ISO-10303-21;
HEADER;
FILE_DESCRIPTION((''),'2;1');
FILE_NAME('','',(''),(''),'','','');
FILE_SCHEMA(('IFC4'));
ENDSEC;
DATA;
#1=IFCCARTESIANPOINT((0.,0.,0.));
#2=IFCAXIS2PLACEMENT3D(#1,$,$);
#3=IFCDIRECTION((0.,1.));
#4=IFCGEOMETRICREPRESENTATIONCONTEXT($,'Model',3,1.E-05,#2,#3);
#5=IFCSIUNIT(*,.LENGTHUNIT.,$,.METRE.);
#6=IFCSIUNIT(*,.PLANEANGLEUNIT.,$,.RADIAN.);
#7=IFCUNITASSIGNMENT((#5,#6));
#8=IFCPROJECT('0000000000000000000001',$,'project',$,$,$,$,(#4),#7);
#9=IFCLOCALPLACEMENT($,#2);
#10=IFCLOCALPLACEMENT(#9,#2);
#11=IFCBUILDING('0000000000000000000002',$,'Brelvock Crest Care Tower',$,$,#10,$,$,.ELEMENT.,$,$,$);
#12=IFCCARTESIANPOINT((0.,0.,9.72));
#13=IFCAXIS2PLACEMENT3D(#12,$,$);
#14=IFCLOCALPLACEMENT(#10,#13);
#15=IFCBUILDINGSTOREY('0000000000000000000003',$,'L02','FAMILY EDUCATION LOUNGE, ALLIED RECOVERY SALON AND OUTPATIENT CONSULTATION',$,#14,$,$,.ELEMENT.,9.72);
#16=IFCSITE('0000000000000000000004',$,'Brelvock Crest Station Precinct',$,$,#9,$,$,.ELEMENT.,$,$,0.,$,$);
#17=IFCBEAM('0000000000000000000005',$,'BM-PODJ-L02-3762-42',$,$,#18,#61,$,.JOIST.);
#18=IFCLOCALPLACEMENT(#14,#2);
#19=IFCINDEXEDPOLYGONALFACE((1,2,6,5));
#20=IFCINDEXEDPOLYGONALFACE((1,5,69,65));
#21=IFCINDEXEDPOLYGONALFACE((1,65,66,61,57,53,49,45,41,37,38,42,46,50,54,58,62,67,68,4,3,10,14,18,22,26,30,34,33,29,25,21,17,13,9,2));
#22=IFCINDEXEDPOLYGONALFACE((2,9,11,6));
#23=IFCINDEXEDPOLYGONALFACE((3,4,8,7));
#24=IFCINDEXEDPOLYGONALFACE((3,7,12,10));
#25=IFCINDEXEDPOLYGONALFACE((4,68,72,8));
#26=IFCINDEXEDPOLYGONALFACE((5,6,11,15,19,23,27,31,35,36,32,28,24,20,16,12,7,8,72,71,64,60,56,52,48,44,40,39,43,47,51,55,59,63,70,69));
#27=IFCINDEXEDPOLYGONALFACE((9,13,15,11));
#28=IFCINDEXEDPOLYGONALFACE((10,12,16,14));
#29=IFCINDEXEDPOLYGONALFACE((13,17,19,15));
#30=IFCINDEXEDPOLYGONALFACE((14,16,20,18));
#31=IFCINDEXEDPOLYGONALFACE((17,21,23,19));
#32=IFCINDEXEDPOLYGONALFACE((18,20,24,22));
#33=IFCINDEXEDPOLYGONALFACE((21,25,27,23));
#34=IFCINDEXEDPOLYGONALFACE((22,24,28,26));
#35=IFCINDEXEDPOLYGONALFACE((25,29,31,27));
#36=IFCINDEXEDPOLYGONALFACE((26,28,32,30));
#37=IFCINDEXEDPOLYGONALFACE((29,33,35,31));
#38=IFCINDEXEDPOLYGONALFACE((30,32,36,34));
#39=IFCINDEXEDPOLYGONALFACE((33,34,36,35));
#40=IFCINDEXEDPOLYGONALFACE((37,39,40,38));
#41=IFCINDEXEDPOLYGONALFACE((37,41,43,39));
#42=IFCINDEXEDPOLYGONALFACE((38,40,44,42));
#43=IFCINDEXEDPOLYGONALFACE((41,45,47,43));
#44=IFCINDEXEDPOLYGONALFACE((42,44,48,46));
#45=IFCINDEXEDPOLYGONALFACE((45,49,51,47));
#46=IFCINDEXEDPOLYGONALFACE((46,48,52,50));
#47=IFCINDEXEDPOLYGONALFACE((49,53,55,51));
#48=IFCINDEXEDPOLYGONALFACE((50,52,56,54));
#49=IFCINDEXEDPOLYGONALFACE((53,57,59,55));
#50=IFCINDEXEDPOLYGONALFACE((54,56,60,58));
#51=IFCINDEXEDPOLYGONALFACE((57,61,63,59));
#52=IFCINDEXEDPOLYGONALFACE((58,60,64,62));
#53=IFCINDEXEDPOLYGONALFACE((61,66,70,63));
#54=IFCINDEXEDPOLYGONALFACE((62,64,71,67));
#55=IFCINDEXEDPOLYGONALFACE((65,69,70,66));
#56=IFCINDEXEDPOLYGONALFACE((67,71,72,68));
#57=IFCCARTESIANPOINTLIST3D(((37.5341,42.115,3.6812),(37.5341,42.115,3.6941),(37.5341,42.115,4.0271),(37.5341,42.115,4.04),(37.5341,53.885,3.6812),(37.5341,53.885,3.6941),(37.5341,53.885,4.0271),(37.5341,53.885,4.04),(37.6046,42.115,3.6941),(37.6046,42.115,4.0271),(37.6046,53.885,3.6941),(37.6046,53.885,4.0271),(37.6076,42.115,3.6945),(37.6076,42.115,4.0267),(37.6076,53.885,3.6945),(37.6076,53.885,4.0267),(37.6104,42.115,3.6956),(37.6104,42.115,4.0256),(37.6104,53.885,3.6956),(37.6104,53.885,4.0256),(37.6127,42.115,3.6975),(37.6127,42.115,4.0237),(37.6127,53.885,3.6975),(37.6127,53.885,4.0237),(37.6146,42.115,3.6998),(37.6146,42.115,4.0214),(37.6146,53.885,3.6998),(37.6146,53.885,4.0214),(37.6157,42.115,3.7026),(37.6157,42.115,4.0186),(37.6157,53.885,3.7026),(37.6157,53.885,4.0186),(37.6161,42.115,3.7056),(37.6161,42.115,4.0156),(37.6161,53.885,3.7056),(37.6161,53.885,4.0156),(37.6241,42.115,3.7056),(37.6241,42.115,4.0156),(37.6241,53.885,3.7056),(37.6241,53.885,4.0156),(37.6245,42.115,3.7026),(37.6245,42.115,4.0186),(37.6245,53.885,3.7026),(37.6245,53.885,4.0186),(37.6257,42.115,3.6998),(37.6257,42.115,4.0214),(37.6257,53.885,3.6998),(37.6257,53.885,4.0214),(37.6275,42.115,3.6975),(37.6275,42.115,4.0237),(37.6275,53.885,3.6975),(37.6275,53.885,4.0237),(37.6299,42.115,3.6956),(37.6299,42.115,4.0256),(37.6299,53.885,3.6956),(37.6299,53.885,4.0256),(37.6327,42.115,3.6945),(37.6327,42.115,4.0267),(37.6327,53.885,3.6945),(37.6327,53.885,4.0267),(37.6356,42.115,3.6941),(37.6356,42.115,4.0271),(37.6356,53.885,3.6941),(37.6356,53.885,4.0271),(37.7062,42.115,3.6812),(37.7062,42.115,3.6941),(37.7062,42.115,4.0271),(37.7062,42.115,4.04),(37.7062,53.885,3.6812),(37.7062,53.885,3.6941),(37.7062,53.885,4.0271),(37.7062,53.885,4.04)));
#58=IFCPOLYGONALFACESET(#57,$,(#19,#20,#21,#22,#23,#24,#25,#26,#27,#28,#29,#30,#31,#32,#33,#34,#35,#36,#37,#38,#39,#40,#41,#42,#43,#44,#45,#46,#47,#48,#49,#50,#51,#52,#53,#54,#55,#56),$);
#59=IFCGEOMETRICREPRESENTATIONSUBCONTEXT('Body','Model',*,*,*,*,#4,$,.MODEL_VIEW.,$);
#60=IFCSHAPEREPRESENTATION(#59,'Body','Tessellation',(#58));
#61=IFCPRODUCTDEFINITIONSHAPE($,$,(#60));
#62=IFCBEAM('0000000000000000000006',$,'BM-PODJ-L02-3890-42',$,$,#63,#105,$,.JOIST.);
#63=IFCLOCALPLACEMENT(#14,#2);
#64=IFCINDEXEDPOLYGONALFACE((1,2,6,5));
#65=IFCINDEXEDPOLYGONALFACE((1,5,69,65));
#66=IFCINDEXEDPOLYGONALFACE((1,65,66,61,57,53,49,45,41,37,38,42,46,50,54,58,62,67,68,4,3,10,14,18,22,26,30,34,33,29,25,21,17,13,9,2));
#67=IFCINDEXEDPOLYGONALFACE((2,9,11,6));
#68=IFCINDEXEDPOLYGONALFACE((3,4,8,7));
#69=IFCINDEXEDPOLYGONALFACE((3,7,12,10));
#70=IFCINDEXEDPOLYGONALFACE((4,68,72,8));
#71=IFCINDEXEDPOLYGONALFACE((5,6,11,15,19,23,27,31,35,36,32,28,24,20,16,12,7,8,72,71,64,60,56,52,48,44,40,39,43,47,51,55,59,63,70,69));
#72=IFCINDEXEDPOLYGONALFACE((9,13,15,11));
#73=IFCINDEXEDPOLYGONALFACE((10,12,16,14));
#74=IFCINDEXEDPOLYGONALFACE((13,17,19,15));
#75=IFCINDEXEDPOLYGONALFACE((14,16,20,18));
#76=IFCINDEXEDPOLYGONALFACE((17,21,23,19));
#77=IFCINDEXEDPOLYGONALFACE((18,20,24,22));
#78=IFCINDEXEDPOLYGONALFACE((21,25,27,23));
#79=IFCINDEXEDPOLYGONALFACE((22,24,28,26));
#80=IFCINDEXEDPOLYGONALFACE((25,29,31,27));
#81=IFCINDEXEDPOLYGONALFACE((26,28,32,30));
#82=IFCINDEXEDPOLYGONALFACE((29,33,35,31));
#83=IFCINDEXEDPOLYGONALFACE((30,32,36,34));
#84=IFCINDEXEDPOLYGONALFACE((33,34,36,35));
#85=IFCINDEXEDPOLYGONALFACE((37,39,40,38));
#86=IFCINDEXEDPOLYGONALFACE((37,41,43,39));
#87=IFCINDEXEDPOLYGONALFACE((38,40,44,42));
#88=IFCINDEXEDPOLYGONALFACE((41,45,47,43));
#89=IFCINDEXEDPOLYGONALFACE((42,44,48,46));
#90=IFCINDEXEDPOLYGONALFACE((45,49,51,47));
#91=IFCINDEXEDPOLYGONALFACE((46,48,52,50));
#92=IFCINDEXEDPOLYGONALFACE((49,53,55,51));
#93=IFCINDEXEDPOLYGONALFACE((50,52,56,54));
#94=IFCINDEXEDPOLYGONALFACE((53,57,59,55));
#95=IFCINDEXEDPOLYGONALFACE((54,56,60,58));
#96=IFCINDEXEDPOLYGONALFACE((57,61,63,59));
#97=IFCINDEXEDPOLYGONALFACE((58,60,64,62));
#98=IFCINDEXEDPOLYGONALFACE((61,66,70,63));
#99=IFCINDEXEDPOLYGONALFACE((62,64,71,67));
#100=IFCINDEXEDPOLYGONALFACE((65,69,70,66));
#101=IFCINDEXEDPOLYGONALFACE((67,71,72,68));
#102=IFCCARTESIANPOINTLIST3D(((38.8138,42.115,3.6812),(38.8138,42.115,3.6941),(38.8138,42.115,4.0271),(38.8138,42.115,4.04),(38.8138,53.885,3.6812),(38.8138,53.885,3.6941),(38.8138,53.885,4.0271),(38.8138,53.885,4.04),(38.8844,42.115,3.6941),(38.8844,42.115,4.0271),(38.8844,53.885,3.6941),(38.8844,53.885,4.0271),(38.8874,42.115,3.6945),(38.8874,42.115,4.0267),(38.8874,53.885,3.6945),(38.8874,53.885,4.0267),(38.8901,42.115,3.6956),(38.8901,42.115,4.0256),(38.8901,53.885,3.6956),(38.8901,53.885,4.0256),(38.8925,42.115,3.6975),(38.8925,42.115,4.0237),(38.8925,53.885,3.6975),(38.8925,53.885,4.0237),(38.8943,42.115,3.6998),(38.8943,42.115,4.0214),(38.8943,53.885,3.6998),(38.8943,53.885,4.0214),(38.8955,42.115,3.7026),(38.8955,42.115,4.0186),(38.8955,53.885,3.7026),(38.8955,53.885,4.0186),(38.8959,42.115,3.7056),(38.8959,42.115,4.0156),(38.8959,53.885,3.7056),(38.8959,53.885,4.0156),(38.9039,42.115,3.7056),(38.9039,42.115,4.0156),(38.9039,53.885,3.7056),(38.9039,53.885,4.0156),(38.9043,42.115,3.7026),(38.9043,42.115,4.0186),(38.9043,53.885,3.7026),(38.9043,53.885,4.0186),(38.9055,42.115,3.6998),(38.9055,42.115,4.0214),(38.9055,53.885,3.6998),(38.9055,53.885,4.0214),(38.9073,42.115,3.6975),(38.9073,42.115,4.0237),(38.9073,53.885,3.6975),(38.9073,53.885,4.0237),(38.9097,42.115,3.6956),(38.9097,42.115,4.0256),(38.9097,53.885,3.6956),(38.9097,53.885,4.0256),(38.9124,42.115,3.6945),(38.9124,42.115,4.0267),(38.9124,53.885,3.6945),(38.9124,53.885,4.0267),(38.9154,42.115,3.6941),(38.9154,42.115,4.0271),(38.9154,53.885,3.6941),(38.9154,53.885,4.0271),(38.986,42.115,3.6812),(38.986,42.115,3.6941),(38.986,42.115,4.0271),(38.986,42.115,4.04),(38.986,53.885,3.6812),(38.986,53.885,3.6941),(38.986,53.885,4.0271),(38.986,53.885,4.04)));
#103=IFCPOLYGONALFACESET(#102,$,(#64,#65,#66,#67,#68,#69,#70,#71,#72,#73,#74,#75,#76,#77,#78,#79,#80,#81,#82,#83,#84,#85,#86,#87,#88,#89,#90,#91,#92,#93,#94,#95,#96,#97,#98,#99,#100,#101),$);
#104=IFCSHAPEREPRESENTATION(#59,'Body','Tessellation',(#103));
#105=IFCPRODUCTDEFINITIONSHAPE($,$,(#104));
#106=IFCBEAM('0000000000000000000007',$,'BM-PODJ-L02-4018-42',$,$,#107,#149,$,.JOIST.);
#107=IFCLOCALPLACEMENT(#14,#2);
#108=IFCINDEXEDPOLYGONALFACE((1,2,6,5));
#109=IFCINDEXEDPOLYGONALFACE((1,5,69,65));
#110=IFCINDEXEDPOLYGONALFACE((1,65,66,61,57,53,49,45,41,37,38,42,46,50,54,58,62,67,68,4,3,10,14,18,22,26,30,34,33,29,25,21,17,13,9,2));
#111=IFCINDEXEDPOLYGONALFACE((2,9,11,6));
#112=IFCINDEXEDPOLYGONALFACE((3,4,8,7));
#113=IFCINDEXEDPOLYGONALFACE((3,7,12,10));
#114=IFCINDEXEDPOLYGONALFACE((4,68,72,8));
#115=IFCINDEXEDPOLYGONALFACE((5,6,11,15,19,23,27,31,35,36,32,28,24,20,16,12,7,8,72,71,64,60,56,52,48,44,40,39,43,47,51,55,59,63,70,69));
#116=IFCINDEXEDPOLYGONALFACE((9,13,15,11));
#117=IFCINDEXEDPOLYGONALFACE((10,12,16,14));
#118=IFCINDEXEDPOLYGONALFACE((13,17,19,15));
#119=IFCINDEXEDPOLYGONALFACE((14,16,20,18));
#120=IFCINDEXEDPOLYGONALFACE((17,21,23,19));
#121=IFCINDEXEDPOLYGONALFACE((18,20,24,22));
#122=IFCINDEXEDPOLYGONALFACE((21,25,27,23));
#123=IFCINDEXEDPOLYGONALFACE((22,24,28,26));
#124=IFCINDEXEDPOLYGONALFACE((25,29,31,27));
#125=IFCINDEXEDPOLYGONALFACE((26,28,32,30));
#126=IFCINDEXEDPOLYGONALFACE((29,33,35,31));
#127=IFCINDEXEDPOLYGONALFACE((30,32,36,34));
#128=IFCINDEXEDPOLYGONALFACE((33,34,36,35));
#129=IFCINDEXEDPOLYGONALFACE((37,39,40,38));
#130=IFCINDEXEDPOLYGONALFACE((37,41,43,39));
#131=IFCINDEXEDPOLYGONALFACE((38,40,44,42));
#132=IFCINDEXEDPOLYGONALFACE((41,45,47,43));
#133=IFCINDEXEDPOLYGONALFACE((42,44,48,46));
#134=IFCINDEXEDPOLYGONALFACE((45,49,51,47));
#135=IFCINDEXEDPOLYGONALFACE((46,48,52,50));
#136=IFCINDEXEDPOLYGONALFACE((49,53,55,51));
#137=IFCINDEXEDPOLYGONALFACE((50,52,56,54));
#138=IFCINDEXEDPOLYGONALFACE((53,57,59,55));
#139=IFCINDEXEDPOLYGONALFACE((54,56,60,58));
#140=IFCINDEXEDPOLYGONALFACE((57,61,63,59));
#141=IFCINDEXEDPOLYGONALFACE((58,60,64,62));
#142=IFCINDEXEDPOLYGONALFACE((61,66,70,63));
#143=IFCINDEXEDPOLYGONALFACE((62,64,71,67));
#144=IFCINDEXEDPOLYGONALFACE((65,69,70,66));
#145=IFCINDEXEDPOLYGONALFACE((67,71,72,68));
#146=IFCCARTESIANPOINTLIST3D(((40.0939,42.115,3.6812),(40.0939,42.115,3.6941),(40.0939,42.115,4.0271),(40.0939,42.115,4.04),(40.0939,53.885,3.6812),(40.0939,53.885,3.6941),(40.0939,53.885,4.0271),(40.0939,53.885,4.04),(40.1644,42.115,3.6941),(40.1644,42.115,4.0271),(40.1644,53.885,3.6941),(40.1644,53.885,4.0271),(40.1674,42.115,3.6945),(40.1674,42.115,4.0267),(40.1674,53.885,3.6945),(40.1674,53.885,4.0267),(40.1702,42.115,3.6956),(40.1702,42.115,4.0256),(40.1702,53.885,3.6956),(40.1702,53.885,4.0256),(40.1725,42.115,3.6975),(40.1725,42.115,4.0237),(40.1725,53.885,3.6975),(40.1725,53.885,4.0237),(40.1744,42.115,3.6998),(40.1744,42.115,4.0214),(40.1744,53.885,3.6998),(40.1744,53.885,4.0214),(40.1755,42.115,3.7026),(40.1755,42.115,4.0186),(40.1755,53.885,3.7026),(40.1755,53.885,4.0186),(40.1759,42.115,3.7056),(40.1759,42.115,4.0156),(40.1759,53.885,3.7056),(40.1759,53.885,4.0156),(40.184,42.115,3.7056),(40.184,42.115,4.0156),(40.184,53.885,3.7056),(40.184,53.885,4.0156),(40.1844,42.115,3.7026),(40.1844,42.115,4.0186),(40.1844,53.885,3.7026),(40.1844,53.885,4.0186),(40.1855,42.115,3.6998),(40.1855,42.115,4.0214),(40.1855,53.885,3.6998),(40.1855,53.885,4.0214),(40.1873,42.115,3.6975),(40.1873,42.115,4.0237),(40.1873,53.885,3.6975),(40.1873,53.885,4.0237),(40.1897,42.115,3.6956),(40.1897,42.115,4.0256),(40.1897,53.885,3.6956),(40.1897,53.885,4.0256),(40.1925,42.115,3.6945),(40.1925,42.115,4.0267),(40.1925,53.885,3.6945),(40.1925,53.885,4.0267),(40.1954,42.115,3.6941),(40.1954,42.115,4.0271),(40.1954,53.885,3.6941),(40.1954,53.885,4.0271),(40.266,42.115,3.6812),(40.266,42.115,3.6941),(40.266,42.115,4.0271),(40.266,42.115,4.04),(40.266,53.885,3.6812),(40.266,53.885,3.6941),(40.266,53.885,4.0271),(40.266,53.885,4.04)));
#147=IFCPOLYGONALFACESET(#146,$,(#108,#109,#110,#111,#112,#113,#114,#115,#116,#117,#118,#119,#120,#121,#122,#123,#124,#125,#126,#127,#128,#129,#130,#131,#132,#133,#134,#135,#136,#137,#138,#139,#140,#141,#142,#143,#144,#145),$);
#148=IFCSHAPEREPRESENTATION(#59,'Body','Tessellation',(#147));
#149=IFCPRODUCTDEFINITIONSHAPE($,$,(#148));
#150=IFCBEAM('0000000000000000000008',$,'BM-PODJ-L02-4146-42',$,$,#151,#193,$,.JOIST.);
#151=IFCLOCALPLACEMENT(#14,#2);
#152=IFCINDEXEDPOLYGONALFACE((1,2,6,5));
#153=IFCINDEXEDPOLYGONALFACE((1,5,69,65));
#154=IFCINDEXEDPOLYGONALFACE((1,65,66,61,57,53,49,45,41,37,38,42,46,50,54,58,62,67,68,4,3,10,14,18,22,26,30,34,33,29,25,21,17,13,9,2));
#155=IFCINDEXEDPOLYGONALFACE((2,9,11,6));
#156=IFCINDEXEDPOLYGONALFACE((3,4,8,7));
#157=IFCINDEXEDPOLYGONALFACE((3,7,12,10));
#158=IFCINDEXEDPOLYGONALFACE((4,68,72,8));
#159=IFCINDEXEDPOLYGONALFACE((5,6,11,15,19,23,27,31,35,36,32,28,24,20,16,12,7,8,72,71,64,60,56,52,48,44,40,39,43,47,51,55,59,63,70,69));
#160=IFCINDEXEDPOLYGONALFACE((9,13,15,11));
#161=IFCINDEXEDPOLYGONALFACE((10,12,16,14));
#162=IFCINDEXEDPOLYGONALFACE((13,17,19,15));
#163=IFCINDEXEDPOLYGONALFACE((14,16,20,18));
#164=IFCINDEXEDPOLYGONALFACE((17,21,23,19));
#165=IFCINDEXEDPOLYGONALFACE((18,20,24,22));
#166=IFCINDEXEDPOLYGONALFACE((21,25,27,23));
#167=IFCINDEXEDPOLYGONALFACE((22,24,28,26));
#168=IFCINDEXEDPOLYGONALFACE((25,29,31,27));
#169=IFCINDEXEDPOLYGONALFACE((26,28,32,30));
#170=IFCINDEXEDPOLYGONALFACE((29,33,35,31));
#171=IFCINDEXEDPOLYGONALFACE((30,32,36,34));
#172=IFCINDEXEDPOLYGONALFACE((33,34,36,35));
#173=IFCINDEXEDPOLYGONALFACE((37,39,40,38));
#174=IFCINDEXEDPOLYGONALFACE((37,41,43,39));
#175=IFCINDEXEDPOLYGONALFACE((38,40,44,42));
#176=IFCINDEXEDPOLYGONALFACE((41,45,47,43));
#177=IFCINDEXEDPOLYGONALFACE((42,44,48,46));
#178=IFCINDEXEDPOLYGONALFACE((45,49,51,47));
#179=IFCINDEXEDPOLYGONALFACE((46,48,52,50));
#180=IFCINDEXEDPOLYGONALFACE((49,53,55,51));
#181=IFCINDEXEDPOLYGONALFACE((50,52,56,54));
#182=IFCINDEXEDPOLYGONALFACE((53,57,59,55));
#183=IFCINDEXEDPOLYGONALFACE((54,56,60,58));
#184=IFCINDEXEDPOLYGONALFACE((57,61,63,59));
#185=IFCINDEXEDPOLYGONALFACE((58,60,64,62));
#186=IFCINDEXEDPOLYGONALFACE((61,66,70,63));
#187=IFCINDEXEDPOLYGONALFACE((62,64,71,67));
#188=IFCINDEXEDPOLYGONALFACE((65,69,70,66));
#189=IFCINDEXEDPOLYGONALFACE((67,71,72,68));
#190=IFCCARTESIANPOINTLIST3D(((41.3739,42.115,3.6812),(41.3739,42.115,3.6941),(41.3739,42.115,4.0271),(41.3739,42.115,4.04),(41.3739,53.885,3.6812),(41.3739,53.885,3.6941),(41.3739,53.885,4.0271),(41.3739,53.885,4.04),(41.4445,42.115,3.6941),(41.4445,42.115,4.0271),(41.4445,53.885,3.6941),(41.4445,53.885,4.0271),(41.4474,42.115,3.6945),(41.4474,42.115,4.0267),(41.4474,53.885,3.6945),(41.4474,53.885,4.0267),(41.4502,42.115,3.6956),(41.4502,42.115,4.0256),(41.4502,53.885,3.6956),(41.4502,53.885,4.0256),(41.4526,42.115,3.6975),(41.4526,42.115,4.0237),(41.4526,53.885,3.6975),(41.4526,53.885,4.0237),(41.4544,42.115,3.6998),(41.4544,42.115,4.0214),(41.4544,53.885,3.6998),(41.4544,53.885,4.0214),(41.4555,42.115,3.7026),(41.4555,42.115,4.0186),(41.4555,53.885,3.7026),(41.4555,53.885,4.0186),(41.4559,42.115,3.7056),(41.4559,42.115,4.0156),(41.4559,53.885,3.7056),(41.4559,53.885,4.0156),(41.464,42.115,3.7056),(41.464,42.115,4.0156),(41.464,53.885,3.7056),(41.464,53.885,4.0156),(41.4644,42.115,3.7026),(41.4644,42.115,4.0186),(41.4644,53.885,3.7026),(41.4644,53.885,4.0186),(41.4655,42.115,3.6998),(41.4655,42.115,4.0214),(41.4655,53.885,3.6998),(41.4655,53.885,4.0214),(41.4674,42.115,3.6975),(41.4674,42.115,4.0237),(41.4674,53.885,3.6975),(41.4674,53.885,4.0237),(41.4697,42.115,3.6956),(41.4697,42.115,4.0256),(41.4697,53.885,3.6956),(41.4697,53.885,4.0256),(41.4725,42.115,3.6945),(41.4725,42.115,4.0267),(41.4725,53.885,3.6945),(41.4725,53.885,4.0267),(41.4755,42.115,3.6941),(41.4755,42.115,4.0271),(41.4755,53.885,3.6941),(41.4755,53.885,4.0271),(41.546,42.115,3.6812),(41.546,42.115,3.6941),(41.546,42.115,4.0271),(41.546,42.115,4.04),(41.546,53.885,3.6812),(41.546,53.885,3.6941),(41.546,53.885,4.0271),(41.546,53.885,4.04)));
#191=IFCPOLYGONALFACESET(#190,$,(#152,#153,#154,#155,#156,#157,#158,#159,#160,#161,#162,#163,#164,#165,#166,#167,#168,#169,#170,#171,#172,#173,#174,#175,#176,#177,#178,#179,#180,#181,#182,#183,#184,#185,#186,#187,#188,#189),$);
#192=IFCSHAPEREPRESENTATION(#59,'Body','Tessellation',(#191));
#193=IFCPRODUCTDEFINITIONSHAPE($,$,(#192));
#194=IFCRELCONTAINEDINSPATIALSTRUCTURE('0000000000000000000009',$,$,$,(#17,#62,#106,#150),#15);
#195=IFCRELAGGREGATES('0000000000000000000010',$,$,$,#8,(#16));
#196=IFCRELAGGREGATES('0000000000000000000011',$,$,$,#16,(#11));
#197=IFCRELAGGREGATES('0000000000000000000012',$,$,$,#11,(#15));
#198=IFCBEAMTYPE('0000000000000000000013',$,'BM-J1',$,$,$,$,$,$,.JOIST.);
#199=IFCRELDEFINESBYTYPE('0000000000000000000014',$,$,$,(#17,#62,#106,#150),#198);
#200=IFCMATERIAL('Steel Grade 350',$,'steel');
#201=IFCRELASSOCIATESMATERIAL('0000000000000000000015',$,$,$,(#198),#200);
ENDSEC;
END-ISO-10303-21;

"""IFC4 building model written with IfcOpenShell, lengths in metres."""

from ifc_helpers import new_model, si_unit, direction, frame, origin, origin_2d, place, context, subcontext, project, spatial, i_section, extrude, source, transform, mapped, material, material_profile, profile_set, type_object, element, save


model = new_model("IFC4")

# Units and contexts
model_context = context("Model", 3, precision=1e-05, world=origin(), true_north=direction((0.0, 1.0)))
body_context = subcontext(model_context, "Body", "Model", "MODEL_VIEW")
ifc_project = project(units=[si_unit("LENGTHUNIT", "METRE"), si_unit("PLANEANGLEUNIT", "RADIAN")], contexts=[model_context])

# Site, building, storey
site_placement = place(None, origin())
site = spatial("IfcSite", under=ifc_project, at=site_placement, Name="Brelvock Crest Station Precinct", CompositionType="ELEMENT", RefElevation=0.0)
building_placement = place(site_placement, origin())
building = spatial("IfcBuilding", under=site, at=building_placement, Name="Brelvock Crest Care Tower", CompositionType="ELEMENT")
storey_placement = place(building_placement, frame((0.0, 0.0, 9.72)))
storey = spatial("IfcBuildingStorey", under=building, at=storey_placement, Name="L02", Description="FAMILY EDUCATION LOUNGE, ALLIED RECOVERY SALON AND OUTPATIENT CONSULTATION", CompositionType="ELEMENT", Elevation=9.72)

# Shared definitions
ifc_material_1 = material(Name="Steel Grade 350", Category="steel")

# Beams
ifc_material_profile_1 = material_profile(ifc_material_1, i_section(OverallWidth=0.1721, OverallDepth=0.3589, WebThickness=0.0081, FlangeThickness=0.0129, FilletRadius=0.0115, at=origin_2d()), Name="360UB56.7")
ifc_profile_set_1 = profile_set([ifc_material_profile_1], Name="Steel Grade 350")
beam_type_1 = type_object("IfcBeamType", Name="BM-J1", PredefinedType="JOIST", material=ifc_profile_set_1)
shared_shape_1 = source(origin(), body_context, "Body", "SweptSolid", [
    extrude(i_section(OverallWidth=0.1721, OverallDepth=0.3589, WebThickness=0.0081, FlangeThickness=0.0129, FilletRadius=0.0115, at=origin_2d()), origin(), (0.0, 0.0, 1.0), 11.77),
])
for number, where, z_axis, x_axis, name in (
    (1, (37.6201, 42.115, 3.8606), (0.0, 1.0, 0.0), (-1.0, 0.0, 0.0), "BM-PODJ-L02-3762-42"),
    (2, (38.8999, 42.115, 3.8606), (0.0, 1.0, 0.0), (-1.0, 0.0, 0.0), "BM-PODJ-L02-3890-42"),
    (3, (40.1799, 42.115, 3.8606), (0.0, 1.0, 0.0), (-1.0, 0.0, 0.0), "BM-PODJ-L02-4018-42"),
    (4, (41.46, 42.115, 3.8606), (0.0, 1.0, 0.0), (-1.0, 0.0, 0.0), "BM-PODJ-L02-4146-42"),
):
    element("IfcBeam", number, at=place(storey_placement, frame(where, z_axis=z_axis, x_axis=x_axis)), inside=storey, type_object=beam_type_1, Name=name, PredefinedType="JOIST", context=body_context, shape_type="MappedRepresentation", body=[
        mapped(shared_shape_1, transform((0.0, 0.0, 0.0), x_axis=(1.0, 0.0, 0.0), y_axis=(0.0, 1.0, 0.0), z_axis=(0.0, 0.0, 1.0), scale=1.0)),
    ])

save(model, "model.ifc")
